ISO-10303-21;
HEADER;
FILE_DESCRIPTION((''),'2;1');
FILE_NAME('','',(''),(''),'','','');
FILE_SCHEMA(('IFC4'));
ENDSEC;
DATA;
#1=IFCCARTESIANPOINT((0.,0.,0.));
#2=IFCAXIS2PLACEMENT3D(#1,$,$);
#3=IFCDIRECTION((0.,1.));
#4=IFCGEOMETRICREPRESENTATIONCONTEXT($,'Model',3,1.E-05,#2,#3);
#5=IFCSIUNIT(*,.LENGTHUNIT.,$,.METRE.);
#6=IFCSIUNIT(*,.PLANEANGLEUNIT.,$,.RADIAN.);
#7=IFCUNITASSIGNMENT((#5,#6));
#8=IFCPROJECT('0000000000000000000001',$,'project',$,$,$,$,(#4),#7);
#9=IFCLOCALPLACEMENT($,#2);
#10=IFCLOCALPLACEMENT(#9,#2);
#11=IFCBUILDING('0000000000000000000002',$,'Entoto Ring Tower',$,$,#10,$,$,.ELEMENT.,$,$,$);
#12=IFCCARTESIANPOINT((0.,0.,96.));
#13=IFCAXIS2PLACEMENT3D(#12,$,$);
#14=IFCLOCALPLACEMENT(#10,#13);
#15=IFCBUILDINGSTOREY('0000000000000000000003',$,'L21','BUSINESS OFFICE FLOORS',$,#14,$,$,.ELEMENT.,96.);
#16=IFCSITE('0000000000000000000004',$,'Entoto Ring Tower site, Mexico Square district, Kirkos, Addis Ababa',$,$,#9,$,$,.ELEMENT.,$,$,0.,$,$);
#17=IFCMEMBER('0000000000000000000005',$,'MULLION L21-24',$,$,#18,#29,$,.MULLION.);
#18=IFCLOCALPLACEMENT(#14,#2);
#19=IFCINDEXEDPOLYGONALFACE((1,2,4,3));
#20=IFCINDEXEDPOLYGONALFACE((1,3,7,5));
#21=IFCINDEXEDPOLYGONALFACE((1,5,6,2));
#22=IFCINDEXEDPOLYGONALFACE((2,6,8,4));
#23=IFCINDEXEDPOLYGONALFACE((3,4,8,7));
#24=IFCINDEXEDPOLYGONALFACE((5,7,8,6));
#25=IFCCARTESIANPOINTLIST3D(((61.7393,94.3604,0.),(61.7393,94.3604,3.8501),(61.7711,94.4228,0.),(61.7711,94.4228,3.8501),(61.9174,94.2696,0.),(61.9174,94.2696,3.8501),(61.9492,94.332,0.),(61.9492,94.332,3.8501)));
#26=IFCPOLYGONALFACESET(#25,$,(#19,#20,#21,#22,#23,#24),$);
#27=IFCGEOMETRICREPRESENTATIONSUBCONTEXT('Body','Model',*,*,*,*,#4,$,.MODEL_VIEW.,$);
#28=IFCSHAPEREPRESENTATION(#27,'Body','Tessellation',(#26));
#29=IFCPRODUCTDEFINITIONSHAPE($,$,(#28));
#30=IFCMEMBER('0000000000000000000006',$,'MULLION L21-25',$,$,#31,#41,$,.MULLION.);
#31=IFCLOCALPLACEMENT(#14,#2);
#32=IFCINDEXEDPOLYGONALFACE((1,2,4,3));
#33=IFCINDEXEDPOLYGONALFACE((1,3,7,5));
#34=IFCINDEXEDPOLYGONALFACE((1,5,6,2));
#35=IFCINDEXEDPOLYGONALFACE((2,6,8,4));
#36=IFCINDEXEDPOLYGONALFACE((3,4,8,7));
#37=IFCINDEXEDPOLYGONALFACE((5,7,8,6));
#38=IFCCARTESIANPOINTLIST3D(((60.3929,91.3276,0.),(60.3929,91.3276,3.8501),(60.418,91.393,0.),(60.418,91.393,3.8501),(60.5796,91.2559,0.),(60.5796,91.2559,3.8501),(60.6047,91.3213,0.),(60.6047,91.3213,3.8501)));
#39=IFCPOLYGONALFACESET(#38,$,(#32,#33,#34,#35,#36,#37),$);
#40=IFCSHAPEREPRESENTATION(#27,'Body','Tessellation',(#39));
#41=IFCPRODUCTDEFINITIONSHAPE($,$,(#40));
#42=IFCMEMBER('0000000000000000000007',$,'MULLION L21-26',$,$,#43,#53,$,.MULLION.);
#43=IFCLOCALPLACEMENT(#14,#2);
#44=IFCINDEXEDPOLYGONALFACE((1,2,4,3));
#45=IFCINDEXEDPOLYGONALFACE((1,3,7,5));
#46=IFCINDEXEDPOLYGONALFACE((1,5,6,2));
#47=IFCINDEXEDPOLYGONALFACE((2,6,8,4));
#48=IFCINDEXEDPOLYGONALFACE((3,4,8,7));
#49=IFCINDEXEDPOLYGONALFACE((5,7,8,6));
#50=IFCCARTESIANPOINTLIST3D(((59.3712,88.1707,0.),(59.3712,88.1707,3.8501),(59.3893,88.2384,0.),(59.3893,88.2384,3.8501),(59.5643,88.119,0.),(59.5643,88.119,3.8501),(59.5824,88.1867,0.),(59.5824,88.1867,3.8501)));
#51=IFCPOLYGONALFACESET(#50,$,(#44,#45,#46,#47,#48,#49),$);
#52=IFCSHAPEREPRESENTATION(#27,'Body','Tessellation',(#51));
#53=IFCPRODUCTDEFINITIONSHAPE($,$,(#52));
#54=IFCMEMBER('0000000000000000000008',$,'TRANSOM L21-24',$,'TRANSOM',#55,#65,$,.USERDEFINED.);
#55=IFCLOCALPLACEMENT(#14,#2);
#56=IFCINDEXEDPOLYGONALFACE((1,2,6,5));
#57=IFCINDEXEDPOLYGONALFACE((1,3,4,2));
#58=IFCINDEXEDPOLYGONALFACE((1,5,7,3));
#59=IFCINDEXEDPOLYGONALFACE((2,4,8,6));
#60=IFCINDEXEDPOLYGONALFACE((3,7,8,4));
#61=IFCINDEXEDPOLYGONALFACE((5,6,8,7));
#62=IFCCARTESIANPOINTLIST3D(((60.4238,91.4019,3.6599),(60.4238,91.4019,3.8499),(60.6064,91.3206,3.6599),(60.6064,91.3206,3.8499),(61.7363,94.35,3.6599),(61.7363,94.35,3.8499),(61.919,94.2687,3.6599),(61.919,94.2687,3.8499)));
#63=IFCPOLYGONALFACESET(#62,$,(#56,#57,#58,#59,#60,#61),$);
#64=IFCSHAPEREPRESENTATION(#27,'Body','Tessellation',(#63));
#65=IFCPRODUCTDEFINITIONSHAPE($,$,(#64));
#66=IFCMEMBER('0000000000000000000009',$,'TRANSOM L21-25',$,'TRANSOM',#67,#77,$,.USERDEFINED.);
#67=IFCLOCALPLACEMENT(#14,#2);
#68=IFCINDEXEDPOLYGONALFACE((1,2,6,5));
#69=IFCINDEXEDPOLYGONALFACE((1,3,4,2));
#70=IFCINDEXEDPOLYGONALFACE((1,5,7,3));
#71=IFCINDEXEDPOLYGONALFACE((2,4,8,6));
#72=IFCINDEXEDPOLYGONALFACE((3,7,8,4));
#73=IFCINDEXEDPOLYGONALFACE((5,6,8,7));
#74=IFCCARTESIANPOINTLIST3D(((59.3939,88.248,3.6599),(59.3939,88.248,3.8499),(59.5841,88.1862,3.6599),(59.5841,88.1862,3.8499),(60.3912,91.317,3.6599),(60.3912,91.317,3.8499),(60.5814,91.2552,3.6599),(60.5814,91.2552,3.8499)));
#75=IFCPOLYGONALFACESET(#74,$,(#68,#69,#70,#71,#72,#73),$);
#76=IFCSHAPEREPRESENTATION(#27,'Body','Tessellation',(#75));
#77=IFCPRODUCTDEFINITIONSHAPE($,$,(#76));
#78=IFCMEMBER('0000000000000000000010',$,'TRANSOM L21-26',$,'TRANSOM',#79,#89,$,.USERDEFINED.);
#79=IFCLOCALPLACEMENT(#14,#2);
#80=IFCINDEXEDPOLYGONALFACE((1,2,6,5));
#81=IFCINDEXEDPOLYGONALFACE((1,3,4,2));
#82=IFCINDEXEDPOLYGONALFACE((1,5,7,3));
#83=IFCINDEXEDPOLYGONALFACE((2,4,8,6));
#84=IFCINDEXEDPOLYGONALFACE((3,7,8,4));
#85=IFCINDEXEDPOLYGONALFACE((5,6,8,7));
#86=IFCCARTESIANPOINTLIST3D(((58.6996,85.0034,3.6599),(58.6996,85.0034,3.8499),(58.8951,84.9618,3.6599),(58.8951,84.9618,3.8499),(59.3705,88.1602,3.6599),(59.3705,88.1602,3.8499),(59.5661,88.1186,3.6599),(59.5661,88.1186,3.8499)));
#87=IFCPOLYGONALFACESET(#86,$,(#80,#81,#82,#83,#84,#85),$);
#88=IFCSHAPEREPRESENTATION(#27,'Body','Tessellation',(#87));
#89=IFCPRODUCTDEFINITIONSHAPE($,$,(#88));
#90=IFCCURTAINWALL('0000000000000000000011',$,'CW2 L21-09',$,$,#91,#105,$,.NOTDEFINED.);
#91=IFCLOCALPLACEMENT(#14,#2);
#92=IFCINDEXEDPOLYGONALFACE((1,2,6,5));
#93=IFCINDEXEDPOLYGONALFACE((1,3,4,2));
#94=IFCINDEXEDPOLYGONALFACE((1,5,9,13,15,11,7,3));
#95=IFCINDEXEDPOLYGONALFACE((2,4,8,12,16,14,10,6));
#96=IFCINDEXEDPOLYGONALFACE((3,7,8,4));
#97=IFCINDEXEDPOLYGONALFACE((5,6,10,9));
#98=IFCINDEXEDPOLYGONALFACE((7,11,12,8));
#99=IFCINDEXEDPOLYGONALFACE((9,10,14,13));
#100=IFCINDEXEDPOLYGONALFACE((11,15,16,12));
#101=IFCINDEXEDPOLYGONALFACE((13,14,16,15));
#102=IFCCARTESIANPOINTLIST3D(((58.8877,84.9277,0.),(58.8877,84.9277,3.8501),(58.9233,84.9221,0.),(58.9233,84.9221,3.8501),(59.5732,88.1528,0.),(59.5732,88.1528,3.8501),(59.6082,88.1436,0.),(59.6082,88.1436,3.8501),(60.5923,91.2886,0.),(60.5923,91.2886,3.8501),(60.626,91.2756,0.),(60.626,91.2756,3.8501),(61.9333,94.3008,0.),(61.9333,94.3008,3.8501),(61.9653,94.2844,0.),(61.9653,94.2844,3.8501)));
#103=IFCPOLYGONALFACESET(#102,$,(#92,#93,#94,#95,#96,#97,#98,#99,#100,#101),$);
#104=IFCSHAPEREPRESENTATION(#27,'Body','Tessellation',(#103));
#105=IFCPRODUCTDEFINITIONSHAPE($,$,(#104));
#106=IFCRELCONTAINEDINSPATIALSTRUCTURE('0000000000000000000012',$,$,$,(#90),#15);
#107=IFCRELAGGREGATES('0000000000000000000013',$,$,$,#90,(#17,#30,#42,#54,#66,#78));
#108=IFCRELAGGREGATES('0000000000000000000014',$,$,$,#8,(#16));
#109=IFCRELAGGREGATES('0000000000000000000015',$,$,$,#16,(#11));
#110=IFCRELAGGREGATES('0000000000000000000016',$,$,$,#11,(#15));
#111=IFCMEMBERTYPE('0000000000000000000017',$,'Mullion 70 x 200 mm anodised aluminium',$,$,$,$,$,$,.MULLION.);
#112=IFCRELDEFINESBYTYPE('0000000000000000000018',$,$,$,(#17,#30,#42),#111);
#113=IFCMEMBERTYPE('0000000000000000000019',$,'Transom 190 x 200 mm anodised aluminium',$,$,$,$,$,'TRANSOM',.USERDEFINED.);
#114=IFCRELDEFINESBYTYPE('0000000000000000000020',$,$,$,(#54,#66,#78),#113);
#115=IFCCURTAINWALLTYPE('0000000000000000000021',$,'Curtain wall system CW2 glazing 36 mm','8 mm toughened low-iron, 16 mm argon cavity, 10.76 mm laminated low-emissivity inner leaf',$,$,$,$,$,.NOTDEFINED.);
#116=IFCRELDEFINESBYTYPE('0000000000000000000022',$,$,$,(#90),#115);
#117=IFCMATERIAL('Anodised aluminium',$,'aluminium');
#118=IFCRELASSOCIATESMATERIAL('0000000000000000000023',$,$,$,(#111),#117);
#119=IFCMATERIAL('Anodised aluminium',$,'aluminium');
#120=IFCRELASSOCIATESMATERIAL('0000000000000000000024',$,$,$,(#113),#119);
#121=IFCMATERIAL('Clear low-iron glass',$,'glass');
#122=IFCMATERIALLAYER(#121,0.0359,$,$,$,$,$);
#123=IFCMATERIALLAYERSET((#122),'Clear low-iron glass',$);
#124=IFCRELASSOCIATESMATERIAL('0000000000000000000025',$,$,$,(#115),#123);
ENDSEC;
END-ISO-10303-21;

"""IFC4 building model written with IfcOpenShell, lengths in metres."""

from ifc_helpers import new_model, si_unit, direction, frame, origin, origin_2d, place, context, subcontext, project, spatial, polyline, rectangle, outline, extrude, material, layer, layer_set, material_profile, profile_set, type_object, element, aggregate, save


model = new_model("IFC4")

# Units and contexts
model_context = context("Model", 3, precision=1e-05, world=origin(), true_north=direction((0.0, 1.0)))
body_context = subcontext(model_context, "Body", "Model", "MODEL_VIEW")
ifc_project = project(units=[si_unit("LENGTHUNIT", "METRE"), si_unit("PLANEANGLEUNIT", "RADIAN")], contexts=[model_context])

# Members
ifc_material_1 = material(Name="Anodised aluminium", Category="aluminium")
ifc_material_profile_1 = material_profile(ifc_material_1, rectangle(XDim=0.0701, YDim=0.2, at=origin_2d()), Name="Mullion 70 x 200 mm anodised aluminium")
ifc_profile_set_1 = profile_set([ifc_material_profile_1], Name="Anodised aluminium")
member_type_1 = type_object("IfcMemberType", Name="Mullion 70 x 200 mm anodised aluminium", PredefinedType="MULLION", material=ifc_profile_set_1)
site_placement = place(None, origin())
building_placement = place(site_placement, origin())
storey_placement = place(building_placement, frame((0.0, 0.0, 96.0)))
member_1_placement = place(storey_placement, frame((61.8442, 94.3462, 0.0), z_axis=(0.0, 0.0, 1.0), x_axis=(-0.45399, -0.891007, 0.0)))
member_1 = element("IfcMember", 1, at=member_1_placement, type_object=member_type_1, Name="MULLION L21-24", PredefinedType="MULLION", context=body_context, shape_type="SweptSolid", body=[
    extrude(rectangle(XDim=0.0701, YDim=0.2, at=origin_2d()), origin(), (0.0, 0.0, 1.0), 3.8501),
])
member_2_placement = place(storey_placement, frame((60.4988, 91.3245, 0.0), z_axis=(0.0, 0.0, 1.0), x_axis=(-0.358368, -0.93358, 0.0)))
member_2 = element("IfcMember", 2, at=member_2_placement, type_object=member_type_1, Name="MULLION L21-25", PredefinedType="MULLION", context=body_context, shape_type="SweptSolid", body=[
    extrude(rectangle(XDim=0.0701, YDim=0.2, at=origin_2d()), origin(), (0.0, 0.0, 1.0), 3.8501),
])
member_3_placement = place(storey_placement, frame((59.4768, 88.1787, 0.0), z_axis=(0.0, 0.0, 1.0), x_axis=(-0.258819, -0.965926, 0.0)))
member_3 = element("IfcMember", 3, at=member_3_placement, type_object=member_type_1, Name="MULLION L21-26", PredefinedType="MULLION", context=body_context, shape_type="SweptSolid", body=[
    extrude(rectangle(XDim=0.0701, YDim=0.2, at=origin_2d()), origin(), (0.0, 0.0, 1.0), 3.8501),
])
ifc_material_2 = material(Name="Anodised aluminium", Category="aluminium")
ifc_material_profile_2 = material_profile(ifc_material_2, rectangle(XDim=0.2, YDim=0.1899, at=origin_2d()), Name="Transom 190 x 200 mm anodised aluminium")
ifc_profile_set_2 = profile_set([ifc_material_profile_2], Name="Anodised aluminium")
member_type_2 = type_object("IfcMemberType", Name="Transom 190 x 200 mm anodised aluminium", ElementType="TRANSOM", PredefinedType="USERDEFINED", material=ifc_profile_set_2)
member_4_placement = place(storey_placement, frame((61.8276, 94.3093, 3.7549), z_axis=(-0.406728, -0.913549, 0.0), x_axis=(0.913549, -0.406728, 0.0)))
member_4 = element("IfcMember", 4, at=member_4_placement, type_object=member_type_2, Name="TRANSOM L21-24", ObjectType="TRANSOM", PredefinedType="USERDEFINED", context=body_context, shape_type="SweptSolid", body=[
    extrude(rectangle(XDim=0.2, YDim=0.1899, at=origin_2d()), origin(), (0.0, 0.0, 1.0), 3.2271),
])
member_5_placement = place(storey_placement, frame((60.4863, 91.2861, 3.7549), z_axis=(-0.309047, -0.951047, 0.0), x_axis=(0.951047, -0.309047, 0.0)))
member_5 = element("IfcMember", 5, at=member_5_placement, type_object=member_type_2, Name="TRANSOM L21-25", ObjectType="TRANSOM", PredefinedType="USERDEFINED", context=body_context, shape_type="SweptSolid", body=[
    extrude(rectangle(XDim=0.2, YDim=0.1899, at=origin_2d()), origin(), (0.0, 0.0, 1.0), 3.2271),
])
member_6_placement = place(storey_placement, frame((59.4683, 88.1394, 3.7549), z_axis=(-0.207886, -0.978153, 0.0), x_axis=(0.978153, -0.207886, 0.0)))
member_6 = element("IfcMember", 6, at=member_6_placement, type_object=member_type_2, Name="TRANSOM L21-26", ObjectType="TRANSOM", PredefinedType="USERDEFINED", context=body_context, shape_type="SweptSolid", body=[
    extrude(rectangle(XDim=0.2, YDim=0.1899, at=origin_2d()), origin(), (0.0, 0.0, 1.0), 3.2273),
])

# Site, building, storey
site = spatial("IfcSite", under=ifc_project, at=site_placement, Name="Entoto Ring Tower site, Mexico Square district, Kirkos, Addis Ababa", CompositionType="ELEMENT", RefElevation=0.0)
building = spatial("IfcBuilding", under=site, at=building_placement, Name="Entoto Ring Tower", CompositionType="ELEMENT")
storey = spatial("IfcBuildingStorey", under=building, at=storey_placement, Name="L21", Description="BUSINESS OFFICE FLOORS", CompositionType="ELEMENT", Elevation=96.0)

# Curtain wall
ifc_material_3 = material(Name="Clear low-iron glass", Category="glass")
ifc_layer = layer(ifc_material_3, 0.0359)
ifc_layer_set = layer_set([ifc_layer], Name="Clear low-iron glass")
curtain_wall_type = type_object("IfcCurtainWallType", Name="Curtain wall system CW2 glazing 36 mm", Description="8 mm toughened low-iron, 16 mm argon cavity, 10.76 mm laminated low-emissivity inner leaf", PredefinedType="NOTDEFINED", material=ifc_layer_set)
curtain_wall_1_placement = place(storey_placement, origin())
curtain_wall_1 = element("IfcCurtainWall", 7, at=curtain_wall_1_placement, inside=storey, type_object=curtain_wall_type, Name="CW2 L21-09", PredefinedType="NOTDEFINED", context=body_context, shape_type="SweptSolid", body=[
    extrude(outline(polyline([(61.9333, 94.3008), (60.5923, 91.2886), (59.5732, 88.1528), (58.8877, 84.9277), (58.9233, 84.9221), (59.6082, 88.1436), (60.626, 91.2756), (61.9653, 94.2844), (61.9333, 94.3008)])), origin(), (0.0, 0.0, 1.0), 3.8501),
])
aggregate(curtain_wall_1, [member_1, member_2, member_3, member_4, member_5, member_6])

save(model, "model.ifc")
